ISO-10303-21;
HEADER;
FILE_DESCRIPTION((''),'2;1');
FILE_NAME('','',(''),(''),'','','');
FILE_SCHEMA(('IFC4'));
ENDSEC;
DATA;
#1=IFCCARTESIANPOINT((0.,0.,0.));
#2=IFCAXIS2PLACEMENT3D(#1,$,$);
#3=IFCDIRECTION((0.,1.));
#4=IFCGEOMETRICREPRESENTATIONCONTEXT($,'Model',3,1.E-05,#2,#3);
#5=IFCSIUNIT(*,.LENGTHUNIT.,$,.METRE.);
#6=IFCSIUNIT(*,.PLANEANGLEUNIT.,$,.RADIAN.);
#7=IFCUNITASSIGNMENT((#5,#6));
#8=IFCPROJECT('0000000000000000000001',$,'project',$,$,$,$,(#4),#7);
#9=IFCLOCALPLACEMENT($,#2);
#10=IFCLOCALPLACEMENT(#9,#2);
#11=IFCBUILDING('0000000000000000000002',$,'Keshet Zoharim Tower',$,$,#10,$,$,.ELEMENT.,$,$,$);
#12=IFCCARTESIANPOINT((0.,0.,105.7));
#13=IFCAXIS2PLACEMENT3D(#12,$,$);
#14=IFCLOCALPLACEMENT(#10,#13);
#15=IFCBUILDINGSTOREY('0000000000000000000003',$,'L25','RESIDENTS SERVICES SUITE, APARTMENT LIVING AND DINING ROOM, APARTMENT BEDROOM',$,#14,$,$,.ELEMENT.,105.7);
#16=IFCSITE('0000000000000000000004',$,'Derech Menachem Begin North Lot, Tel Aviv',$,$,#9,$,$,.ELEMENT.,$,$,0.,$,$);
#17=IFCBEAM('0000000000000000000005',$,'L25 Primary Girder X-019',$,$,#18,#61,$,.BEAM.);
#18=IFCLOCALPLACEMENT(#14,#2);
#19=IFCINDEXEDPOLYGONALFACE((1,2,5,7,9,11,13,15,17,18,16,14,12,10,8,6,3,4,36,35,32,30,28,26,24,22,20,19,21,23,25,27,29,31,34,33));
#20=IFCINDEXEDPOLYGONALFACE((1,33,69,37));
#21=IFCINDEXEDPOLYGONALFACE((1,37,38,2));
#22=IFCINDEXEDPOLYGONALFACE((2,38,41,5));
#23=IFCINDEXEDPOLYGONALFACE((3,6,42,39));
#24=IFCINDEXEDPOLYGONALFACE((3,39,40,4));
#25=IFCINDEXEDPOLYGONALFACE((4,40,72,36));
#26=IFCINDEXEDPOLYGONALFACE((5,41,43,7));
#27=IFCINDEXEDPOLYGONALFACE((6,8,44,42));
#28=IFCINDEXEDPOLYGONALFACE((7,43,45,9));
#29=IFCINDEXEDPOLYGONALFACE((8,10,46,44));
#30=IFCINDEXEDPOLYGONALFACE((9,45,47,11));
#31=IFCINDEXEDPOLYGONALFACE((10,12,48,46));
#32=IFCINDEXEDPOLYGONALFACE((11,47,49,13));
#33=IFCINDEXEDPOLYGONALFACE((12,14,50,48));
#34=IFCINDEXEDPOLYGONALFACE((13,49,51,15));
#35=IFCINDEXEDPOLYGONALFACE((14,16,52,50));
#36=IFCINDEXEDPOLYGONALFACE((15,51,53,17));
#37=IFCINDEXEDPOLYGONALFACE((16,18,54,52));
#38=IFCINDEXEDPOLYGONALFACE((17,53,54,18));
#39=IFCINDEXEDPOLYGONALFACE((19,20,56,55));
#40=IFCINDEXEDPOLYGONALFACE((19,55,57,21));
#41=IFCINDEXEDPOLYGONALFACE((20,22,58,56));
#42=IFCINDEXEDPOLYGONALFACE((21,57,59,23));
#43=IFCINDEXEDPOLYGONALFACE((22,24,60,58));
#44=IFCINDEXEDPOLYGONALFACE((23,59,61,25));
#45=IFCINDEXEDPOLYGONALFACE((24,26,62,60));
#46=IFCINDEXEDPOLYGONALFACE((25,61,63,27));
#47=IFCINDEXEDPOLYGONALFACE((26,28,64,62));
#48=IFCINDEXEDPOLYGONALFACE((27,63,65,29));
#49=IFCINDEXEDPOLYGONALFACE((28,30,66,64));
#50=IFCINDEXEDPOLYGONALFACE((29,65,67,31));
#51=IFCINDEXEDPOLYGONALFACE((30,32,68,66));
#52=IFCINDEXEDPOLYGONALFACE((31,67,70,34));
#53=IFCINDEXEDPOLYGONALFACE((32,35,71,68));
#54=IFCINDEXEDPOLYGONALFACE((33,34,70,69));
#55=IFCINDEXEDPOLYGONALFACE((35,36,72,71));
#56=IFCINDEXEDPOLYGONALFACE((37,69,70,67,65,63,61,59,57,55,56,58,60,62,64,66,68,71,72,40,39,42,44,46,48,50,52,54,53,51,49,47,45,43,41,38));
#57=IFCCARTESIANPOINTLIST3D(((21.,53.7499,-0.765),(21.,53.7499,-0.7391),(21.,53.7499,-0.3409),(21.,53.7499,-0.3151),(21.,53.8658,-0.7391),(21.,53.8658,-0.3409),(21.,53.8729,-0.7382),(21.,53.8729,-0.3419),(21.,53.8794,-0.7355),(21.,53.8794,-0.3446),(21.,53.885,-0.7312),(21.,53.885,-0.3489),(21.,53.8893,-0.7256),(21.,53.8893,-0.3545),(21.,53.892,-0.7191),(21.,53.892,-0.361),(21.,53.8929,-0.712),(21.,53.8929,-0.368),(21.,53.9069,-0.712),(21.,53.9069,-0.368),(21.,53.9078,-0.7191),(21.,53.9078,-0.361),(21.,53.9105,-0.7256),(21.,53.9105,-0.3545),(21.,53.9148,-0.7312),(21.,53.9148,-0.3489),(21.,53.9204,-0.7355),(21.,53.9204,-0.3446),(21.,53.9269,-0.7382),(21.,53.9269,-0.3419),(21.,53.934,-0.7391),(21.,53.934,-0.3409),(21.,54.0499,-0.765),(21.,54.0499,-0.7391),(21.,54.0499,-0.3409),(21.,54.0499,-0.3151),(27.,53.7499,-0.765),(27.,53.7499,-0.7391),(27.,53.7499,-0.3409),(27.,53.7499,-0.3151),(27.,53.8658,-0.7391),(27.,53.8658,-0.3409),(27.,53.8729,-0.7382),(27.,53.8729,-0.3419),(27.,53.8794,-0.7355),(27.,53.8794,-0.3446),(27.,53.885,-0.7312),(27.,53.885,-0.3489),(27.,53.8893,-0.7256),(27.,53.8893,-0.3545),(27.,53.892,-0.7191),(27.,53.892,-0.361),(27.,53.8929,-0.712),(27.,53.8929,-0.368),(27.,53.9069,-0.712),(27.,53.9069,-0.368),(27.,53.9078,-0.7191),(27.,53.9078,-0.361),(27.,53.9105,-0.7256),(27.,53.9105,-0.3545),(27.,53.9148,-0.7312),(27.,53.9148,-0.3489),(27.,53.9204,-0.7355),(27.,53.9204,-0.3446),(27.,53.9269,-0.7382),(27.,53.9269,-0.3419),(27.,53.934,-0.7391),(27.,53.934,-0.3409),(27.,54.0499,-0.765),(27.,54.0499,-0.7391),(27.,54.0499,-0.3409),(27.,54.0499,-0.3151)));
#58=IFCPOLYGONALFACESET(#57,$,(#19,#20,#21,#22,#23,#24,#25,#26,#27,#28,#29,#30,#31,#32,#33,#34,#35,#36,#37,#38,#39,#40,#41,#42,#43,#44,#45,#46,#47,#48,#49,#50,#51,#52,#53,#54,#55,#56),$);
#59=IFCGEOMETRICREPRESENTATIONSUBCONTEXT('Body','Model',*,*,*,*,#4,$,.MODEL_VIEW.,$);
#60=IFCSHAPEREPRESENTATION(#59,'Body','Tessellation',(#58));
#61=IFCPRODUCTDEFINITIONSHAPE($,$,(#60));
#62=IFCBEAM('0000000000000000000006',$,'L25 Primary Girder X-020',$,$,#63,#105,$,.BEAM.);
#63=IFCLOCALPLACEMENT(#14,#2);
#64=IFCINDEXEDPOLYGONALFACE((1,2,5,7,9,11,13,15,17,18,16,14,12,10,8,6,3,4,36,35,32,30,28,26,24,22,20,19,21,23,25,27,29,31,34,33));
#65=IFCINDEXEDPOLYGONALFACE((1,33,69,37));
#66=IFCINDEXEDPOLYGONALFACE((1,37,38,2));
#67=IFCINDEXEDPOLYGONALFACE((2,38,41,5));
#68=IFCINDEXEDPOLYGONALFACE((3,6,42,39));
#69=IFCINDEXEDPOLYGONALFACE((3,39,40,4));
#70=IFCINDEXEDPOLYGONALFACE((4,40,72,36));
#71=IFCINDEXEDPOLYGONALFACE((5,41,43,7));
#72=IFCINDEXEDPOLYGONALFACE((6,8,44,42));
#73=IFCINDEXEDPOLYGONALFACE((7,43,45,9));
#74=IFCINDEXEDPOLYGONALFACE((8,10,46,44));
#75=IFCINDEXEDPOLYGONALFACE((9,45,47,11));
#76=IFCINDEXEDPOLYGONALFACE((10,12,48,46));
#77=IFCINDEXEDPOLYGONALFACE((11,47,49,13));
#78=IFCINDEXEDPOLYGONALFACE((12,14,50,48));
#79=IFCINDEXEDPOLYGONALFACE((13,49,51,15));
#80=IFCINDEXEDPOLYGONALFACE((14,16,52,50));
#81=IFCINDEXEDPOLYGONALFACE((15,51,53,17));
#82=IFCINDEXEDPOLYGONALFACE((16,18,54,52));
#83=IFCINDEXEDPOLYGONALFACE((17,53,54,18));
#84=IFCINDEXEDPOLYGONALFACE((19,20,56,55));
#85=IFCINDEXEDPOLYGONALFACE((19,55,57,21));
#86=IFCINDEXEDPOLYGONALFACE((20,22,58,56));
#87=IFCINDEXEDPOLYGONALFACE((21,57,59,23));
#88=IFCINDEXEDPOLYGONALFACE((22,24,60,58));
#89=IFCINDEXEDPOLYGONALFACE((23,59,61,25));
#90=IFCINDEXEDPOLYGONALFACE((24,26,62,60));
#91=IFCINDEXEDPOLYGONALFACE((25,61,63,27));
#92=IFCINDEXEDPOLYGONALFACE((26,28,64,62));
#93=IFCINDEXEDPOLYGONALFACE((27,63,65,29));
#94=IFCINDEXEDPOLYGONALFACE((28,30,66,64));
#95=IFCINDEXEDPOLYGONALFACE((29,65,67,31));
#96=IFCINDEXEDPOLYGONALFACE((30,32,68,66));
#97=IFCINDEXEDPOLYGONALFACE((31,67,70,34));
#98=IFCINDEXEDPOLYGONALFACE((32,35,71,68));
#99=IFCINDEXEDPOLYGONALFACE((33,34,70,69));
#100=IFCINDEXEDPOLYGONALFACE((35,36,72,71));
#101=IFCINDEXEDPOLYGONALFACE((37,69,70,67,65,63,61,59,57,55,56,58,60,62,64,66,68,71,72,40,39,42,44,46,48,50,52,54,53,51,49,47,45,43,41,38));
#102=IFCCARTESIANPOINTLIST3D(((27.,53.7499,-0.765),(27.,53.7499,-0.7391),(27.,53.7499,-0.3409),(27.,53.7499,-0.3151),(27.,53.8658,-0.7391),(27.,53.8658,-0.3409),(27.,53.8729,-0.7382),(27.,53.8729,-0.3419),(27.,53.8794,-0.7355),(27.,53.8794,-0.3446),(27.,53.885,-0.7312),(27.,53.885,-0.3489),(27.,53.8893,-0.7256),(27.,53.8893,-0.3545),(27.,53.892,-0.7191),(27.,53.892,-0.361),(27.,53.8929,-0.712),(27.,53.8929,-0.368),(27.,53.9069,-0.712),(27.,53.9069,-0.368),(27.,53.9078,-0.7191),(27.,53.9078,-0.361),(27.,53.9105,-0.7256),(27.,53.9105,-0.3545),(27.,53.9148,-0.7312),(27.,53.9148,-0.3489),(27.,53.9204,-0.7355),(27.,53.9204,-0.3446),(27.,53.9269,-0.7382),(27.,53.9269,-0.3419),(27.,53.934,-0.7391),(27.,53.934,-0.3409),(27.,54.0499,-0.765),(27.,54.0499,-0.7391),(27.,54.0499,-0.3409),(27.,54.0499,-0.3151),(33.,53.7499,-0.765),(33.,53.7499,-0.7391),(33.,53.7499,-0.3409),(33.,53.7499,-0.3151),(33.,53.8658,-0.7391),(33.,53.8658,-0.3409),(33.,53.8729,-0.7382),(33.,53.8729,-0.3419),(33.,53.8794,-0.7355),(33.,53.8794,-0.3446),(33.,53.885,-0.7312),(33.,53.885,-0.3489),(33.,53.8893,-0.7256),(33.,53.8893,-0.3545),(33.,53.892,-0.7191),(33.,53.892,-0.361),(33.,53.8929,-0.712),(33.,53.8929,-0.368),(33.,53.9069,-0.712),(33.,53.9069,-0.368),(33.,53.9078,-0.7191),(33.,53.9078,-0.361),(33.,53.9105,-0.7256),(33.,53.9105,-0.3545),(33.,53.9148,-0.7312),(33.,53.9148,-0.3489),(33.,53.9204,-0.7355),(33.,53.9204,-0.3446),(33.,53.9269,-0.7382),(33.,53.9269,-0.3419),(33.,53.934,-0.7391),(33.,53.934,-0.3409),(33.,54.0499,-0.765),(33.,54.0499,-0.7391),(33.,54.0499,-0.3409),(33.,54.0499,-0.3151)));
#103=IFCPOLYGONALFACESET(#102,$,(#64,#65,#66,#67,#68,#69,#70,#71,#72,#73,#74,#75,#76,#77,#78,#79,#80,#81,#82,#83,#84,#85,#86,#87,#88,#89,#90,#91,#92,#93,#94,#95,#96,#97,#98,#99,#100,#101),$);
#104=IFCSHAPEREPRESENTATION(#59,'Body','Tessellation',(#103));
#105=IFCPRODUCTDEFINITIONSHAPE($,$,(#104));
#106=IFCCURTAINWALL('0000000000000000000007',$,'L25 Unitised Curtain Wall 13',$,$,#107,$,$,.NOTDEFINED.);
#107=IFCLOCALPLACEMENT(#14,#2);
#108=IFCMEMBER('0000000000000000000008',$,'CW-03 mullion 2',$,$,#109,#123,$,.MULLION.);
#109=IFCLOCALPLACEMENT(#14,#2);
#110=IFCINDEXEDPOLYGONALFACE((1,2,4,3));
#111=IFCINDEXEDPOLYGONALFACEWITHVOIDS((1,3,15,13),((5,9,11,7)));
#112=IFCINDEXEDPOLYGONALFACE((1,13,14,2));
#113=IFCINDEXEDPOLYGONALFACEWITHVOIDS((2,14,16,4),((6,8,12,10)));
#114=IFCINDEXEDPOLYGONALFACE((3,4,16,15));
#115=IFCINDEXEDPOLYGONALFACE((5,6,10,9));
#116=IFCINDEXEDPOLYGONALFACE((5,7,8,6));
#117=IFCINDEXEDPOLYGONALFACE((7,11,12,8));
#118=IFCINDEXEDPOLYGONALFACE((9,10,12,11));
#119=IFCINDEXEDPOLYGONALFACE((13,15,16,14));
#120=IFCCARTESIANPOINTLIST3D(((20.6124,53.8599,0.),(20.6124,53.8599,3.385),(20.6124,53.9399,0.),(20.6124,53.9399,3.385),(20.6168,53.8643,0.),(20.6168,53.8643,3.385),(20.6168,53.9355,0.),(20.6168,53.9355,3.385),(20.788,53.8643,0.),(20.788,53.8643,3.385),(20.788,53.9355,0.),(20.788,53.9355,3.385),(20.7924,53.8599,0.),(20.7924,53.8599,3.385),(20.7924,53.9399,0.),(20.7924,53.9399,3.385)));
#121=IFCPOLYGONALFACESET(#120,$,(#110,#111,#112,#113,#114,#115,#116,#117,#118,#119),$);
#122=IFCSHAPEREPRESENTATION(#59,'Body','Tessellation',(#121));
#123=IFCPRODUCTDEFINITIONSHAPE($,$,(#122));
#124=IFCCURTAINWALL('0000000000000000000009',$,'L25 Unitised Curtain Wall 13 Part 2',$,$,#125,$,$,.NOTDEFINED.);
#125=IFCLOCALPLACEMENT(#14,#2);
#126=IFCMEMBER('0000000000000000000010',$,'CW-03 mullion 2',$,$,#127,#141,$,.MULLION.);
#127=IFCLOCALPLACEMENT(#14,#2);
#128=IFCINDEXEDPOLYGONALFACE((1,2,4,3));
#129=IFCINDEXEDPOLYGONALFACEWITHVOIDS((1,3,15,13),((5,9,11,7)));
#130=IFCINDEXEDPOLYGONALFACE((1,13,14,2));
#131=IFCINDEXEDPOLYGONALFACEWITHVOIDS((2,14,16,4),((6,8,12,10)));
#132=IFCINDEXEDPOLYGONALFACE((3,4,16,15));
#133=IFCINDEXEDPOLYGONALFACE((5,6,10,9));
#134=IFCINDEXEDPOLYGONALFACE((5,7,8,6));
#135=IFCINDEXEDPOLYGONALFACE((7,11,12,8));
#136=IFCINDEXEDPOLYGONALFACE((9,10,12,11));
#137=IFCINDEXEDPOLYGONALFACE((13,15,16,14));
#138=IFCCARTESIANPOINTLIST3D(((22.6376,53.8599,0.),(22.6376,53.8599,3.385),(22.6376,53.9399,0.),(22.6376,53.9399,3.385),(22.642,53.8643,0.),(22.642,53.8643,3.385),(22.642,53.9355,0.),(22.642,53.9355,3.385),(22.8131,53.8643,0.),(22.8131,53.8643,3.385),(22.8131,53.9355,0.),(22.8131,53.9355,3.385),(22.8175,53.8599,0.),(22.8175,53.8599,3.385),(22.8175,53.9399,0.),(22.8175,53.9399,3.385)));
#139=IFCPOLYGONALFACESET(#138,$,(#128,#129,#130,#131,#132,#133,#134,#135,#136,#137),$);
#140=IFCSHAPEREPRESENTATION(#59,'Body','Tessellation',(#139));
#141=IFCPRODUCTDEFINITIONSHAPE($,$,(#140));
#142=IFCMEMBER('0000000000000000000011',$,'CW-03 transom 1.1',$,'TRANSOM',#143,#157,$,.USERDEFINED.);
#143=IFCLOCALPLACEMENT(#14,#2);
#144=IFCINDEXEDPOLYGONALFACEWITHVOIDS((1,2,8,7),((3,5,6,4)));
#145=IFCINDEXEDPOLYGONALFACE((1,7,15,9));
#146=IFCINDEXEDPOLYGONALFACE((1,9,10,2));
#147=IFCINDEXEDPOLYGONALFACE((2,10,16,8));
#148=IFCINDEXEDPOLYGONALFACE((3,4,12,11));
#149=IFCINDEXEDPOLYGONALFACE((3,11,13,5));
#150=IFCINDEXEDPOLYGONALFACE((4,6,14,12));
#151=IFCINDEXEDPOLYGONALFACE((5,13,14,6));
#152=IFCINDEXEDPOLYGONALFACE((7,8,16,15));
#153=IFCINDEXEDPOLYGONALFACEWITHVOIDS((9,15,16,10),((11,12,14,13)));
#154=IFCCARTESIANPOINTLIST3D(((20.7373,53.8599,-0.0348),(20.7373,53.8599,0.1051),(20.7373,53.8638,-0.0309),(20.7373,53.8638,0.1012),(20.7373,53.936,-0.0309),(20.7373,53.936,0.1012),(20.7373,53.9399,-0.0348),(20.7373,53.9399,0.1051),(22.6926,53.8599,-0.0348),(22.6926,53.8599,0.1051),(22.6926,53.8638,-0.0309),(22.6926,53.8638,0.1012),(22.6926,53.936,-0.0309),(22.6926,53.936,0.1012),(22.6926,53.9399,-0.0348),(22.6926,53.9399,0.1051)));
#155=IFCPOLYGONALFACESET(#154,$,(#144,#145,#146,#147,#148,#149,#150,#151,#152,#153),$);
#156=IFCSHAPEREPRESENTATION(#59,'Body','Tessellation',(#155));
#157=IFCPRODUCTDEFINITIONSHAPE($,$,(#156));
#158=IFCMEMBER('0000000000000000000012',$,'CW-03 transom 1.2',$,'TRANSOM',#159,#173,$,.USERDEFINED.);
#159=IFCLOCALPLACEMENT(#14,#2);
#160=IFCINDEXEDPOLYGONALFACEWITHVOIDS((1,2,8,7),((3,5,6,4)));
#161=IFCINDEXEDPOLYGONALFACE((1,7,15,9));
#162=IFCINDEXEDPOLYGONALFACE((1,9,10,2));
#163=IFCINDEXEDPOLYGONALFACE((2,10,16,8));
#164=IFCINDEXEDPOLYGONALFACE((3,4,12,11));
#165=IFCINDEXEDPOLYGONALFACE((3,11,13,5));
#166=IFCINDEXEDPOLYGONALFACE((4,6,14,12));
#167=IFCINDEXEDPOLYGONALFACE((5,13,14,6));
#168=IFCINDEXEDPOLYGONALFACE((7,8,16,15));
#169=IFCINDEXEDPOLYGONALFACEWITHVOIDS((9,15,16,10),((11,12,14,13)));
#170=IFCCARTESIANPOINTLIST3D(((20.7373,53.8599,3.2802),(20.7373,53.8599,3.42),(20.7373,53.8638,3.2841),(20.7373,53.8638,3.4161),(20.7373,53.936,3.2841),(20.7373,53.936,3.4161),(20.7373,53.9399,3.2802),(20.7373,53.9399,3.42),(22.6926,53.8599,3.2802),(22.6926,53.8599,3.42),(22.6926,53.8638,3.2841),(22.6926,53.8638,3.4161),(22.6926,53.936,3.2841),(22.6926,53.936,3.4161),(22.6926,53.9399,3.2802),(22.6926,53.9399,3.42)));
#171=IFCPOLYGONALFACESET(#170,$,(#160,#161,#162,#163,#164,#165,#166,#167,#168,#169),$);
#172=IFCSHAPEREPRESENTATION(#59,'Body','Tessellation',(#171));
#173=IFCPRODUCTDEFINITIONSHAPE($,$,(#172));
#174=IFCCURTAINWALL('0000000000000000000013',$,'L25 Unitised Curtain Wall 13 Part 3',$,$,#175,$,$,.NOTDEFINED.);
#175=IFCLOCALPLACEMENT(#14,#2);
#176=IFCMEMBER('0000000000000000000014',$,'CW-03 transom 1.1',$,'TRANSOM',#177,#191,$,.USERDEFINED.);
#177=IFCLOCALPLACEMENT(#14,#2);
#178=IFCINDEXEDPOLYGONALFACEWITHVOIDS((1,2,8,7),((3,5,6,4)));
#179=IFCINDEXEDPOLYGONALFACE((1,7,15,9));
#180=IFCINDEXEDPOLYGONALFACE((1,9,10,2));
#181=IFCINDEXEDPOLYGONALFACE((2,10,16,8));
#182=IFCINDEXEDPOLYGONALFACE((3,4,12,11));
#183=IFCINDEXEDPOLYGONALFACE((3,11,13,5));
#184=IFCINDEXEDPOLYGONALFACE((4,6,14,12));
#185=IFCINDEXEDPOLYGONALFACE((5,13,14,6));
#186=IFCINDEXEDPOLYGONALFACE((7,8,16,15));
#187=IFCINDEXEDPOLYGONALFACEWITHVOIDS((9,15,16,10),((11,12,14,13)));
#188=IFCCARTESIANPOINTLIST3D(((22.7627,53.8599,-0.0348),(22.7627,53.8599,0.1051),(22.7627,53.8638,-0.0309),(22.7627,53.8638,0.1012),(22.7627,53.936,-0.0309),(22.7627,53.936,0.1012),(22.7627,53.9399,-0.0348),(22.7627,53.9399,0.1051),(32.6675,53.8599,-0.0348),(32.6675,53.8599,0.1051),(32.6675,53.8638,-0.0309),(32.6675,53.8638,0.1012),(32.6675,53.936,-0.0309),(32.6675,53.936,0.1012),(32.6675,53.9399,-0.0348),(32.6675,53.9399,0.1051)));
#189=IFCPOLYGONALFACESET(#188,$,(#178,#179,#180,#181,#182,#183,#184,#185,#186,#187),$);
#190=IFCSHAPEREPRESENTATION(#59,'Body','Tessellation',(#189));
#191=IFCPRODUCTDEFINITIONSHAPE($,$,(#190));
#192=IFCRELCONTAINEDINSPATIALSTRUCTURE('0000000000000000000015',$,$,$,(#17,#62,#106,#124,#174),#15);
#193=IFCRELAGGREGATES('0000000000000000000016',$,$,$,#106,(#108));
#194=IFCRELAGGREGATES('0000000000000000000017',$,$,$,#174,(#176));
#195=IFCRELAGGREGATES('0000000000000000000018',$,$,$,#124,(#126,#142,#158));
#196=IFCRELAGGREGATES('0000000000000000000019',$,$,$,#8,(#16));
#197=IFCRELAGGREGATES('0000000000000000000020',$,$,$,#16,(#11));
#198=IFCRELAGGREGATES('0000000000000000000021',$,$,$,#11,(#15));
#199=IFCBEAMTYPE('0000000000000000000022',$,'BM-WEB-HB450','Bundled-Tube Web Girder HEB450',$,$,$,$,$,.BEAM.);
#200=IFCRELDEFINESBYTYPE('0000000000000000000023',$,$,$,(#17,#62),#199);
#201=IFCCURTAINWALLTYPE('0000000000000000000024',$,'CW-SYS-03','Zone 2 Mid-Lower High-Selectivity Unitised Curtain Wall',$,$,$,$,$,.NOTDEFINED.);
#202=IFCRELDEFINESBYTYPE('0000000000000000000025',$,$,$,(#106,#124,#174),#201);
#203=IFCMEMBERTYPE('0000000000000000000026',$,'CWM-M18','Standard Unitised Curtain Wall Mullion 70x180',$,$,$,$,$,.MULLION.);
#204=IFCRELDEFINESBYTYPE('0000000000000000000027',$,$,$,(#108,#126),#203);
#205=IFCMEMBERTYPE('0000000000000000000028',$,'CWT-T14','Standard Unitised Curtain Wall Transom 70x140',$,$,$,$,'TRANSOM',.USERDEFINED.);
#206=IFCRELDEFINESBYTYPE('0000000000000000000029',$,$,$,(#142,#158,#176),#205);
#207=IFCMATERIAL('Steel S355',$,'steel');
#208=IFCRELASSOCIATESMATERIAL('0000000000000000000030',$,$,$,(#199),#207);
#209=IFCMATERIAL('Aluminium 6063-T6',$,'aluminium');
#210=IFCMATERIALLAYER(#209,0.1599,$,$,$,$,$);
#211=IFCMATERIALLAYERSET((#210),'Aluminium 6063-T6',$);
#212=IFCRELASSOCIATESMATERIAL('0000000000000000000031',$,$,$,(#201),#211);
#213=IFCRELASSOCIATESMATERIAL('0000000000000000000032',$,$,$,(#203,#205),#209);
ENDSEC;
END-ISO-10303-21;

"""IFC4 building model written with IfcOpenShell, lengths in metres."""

from ifc_helpers import new_model, si_unit, direction, frame, origin, origin_2d, place, context, subcontext, project, spatial, hollow_rectangle, i_section, extrude, material, layer, layer_set, material_profile, profile_set, type_object, element, aggregate, save


model = new_model("IFC4")

# Units and contexts
model_context = context("Model", 3, precision=1e-05, world=origin(), true_north=direction((0.0, 1.0)))
body_context = subcontext(model_context, "Body", "Model", "MODEL_VIEW")
ifc_project = project(units=[si_unit("LENGTHUNIT", "METRE"), si_unit("PLANEANGLEUNIT", "RADIAN")], contexts=[model_context])

# Site, building, storey
site_placement = place(None, origin())
site = spatial("IfcSite", under=ifc_project, at=site_placement, Name="Derech Menachem Begin North Lot, Tel Aviv", CompositionType="ELEMENT", RefElevation=0.0)
building_placement = place(site_placement, origin())
building = spatial("IfcBuilding", under=site, at=building_placement, Name="Keshet Zoharim Tower", CompositionType="ELEMENT")
storey_placement = place(building_placement, frame((0.0, 0.0, 105.7)))
storey = spatial("IfcBuildingStorey", under=building, at=storey_placement, Name="L25", Description="RESIDENTS SERVICES SUITE, APARTMENT LIVING AND DINING ROOM, APARTMENT BEDROOM", CompositionType="ELEMENT", Elevation=105.7)

# Shared definitions
ifc_material_1 = material(Name="Steel S355", Category="steel")

# Beams
ifc_material_profile_1 = material_profile(ifc_material_1, i_section(OverallWidth=0.3, OverallDepth=0.45, WebThickness=0.0139, FlangeThickness=0.0259, FilletRadius=0.0271, at=origin_2d()), Name="HEB450")
ifc_profile_set_1 = profile_set([ifc_material_profile_1], Name="Steel S355")
beam_type_1 = type_object("IfcBeamType", Name="BM-WEB-HB450", Description="Bundled-Tube Web Girder HEB450", PredefinedType="BEAM", material=ifc_profile_set_1)
for number, where, z_axis, x_axis, name in (
    (1, (21.0, 53.8999, -0.54), (1.0, 0.0, 0.0), (0.0, 1.0, 0.0), "L25 Primary Girder X-019"),
    (2, (27.0, 53.8999, -0.54), (1.0, 0.0, 0.0), (0.0, 1.0, 0.0), "L25 Primary Girder X-020"),
):
    element("IfcBeam", number, at=place(storey_placement, frame(where, z_axis=z_axis, x_axis=x_axis)), inside=storey, type_object=beam_type_1, Name=name, PredefinedType="BEAM", context=body_context, shape_type="SweptSolid", body=[
        extrude(i_section(OverallWidth=0.3, OverallDepth=0.45, WebThickness=0.0139, FlangeThickness=0.0259, FilletRadius=0.0271, at=origin_2d()), origin(), (0.0, 0.0, 1.0), 6.0),
    ])

# Curtain wall, member
ifc_material_2 = material(Name="Aluminium 6063-T6", Category="aluminium")
ifc_layer_1 = layer(ifc_material_2, 0.1599)
ifc_layer_set_1 = layer_set([ifc_layer_1], Name="Aluminium 6063-T6")
curtain_wall_type = type_object("IfcCurtainWallType", Name="CW-SYS-03", Description="Zone 2 Mid-Lower High-Selectivity Unitised Curtain Wall", PredefinedType="NOTDEFINED", material=ifc_layer_set_1)
curtain_wall_1_placement = place(storey_placement, origin())
curtain_wall_1 = element("IfcCurtainWall", 3, at=curtain_wall_1_placement, inside=storey, type_object=curtain_wall_type, Name="L25 Unitised Curtain Wall 13", PredefinedType="NOTDEFINED")
ifc_material_profile_2 = material_profile(ifc_material_2, hollow_rectangle(XDim=0.0801, YDim=0.1799, WallThickness=0.0044, at=origin_2d()), Name="MUL-80x180")
ifc_profile_set_2 = profile_set([ifc_material_profile_2], Name="Aluminium 6063-T6")
member_type_1 = type_object("IfcMemberType", Name="CWM-M18", Description="Standard Unitised Curtain Wall Mullion 70x180", PredefinedType="MULLION", material=ifc_profile_set_2)
member_1_placement = place(storey_placement, frame((20.7024, 53.8999, 0.0), z_axis=(0.0, 0.0, 1.0), x_axis=(0.0, 1.0, 0.0)))
member_1 = element("IfcMember", 4, at=member_1_placement, type_object=member_type_1, Name="CW-03 mullion 2", PredefinedType="MULLION", context=body_context, shape_type="SweptSolid", body=[
    extrude(hollow_rectangle(XDim=0.0801, YDim=0.1799, WallThickness=0.0044, at=origin_2d()), origin(), (0.0, 0.0, 1.0), 3.385),
])

# Curtain walls, members
curtain_wall_2_placement = place(storey_placement, origin())
curtain_wall_2 = element("IfcCurtainWall", 5, at=curtain_wall_2_placement, inside=storey, type_object=curtain_wall_type, Name="L25 Unitised Curtain Wall 13 Part 2", PredefinedType="NOTDEFINED")
member_2_placement = place(storey_placement, frame((22.7275, 53.8999, 0.0), z_axis=(0.0, 0.0, 1.0), x_axis=(0.0, 1.0, 0.0)))
member_2 = element("IfcMember", 6, at=member_2_placement, type_object=member_type_1, Name="CW-03 mullion 2", PredefinedType="MULLION", context=body_context, shape_type="SweptSolid", body=[
    extrude(hollow_rectangle(XDim=0.0801, YDim=0.1799, WallThickness=0.0044, at=origin_2d()), origin(), (0.0, 0.0, 1.0), 3.385),
])
ifc_material_profile_3 = material_profile(ifc_material_2, hollow_rectangle(XDim=0.0801, YDim=0.1399, WallThickness=0.0039, at=origin_2d()), Name="TRN-80x140")
ifc_profile_set_3 = profile_set([ifc_material_profile_3], Name="Aluminium 6063-T6")
member_type_2 = type_object("IfcMemberType", Name="CWT-T14", Description="Standard Unitised Curtain Wall Transom 70x140", ElementType="TRANSOM", PredefinedType="USERDEFINED", material=ifc_profile_set_3)
member_3_placement = place(storey_placement, frame((20.7373, 53.8999, 0.0352), z_axis=(1.0, 0.0, 0.0), x_axis=(0.0, 1.0, 0.0)))
member_3 = element("IfcMember", 7, at=member_3_placement, type_object=member_type_2, Name="CW-03 transom 1.1", ObjectType="TRANSOM", PredefinedType="USERDEFINED", context=body_context, shape_type="SweptSolid", body=[
    extrude(hollow_rectangle(XDim=0.0801, YDim=0.1399, WallThickness=0.0039, at=origin_2d()), origin(), (0.0, 0.0, 1.0), 1.9553),
])
member_4_placement = place(storey_placement, frame((20.7373, 53.8999, 3.3501), z_axis=(1.0, 0.0, 0.0), x_axis=(0.0, 1.0, 0.0)))
member_4 = element("IfcMember", 8, at=member_4_placement, type_object=member_type_2, Name="CW-03 transom 1.2", ObjectType="TRANSOM", PredefinedType="USERDEFINED", context=body_context, shape_type="SweptSolid", body=[
    extrude(hollow_rectangle(XDim=0.0801, YDim=0.1399, WallThickness=0.0039, at=origin_2d()), origin(), (0.0, 0.0, 1.0), 1.9553),
])
curtain_wall_3_placement = place(storey_placement, origin())
curtain_wall_3 = element("IfcCurtainWall", 9, at=curtain_wall_3_placement, inside=storey, type_object=curtain_wall_type, Name="L25 Unitised Curtain Wall 13 Part 3", PredefinedType="NOTDEFINED")
member_5_placement = place(storey_placement, frame((22.7627, 53.8999, 0.0352), z_axis=(1.0, 0.0, 0.0), x_axis=(0.0, 1.0, 0.0)))
member_5 = element("IfcMember", 10, at=member_5_placement, type_object=member_type_2, Name="CW-03 transom 1.1", ObjectType="TRANSOM", PredefinedType="USERDEFINED", context=body_context, shape_type="SweptSolid", body=[
    extrude(hollow_rectangle(XDim=0.0801, YDim=0.1399, WallThickness=0.0039, at=origin_2d()), origin(), (0.0, 0.0, 1.0), 9.9048),
])

aggregate(curtain_wall_1, [member_1])
aggregate(curtain_wall_3, [member_5])
aggregate(curtain_wall_2, [member_2, member_3, member_4])

save(model, "model.ifc")
